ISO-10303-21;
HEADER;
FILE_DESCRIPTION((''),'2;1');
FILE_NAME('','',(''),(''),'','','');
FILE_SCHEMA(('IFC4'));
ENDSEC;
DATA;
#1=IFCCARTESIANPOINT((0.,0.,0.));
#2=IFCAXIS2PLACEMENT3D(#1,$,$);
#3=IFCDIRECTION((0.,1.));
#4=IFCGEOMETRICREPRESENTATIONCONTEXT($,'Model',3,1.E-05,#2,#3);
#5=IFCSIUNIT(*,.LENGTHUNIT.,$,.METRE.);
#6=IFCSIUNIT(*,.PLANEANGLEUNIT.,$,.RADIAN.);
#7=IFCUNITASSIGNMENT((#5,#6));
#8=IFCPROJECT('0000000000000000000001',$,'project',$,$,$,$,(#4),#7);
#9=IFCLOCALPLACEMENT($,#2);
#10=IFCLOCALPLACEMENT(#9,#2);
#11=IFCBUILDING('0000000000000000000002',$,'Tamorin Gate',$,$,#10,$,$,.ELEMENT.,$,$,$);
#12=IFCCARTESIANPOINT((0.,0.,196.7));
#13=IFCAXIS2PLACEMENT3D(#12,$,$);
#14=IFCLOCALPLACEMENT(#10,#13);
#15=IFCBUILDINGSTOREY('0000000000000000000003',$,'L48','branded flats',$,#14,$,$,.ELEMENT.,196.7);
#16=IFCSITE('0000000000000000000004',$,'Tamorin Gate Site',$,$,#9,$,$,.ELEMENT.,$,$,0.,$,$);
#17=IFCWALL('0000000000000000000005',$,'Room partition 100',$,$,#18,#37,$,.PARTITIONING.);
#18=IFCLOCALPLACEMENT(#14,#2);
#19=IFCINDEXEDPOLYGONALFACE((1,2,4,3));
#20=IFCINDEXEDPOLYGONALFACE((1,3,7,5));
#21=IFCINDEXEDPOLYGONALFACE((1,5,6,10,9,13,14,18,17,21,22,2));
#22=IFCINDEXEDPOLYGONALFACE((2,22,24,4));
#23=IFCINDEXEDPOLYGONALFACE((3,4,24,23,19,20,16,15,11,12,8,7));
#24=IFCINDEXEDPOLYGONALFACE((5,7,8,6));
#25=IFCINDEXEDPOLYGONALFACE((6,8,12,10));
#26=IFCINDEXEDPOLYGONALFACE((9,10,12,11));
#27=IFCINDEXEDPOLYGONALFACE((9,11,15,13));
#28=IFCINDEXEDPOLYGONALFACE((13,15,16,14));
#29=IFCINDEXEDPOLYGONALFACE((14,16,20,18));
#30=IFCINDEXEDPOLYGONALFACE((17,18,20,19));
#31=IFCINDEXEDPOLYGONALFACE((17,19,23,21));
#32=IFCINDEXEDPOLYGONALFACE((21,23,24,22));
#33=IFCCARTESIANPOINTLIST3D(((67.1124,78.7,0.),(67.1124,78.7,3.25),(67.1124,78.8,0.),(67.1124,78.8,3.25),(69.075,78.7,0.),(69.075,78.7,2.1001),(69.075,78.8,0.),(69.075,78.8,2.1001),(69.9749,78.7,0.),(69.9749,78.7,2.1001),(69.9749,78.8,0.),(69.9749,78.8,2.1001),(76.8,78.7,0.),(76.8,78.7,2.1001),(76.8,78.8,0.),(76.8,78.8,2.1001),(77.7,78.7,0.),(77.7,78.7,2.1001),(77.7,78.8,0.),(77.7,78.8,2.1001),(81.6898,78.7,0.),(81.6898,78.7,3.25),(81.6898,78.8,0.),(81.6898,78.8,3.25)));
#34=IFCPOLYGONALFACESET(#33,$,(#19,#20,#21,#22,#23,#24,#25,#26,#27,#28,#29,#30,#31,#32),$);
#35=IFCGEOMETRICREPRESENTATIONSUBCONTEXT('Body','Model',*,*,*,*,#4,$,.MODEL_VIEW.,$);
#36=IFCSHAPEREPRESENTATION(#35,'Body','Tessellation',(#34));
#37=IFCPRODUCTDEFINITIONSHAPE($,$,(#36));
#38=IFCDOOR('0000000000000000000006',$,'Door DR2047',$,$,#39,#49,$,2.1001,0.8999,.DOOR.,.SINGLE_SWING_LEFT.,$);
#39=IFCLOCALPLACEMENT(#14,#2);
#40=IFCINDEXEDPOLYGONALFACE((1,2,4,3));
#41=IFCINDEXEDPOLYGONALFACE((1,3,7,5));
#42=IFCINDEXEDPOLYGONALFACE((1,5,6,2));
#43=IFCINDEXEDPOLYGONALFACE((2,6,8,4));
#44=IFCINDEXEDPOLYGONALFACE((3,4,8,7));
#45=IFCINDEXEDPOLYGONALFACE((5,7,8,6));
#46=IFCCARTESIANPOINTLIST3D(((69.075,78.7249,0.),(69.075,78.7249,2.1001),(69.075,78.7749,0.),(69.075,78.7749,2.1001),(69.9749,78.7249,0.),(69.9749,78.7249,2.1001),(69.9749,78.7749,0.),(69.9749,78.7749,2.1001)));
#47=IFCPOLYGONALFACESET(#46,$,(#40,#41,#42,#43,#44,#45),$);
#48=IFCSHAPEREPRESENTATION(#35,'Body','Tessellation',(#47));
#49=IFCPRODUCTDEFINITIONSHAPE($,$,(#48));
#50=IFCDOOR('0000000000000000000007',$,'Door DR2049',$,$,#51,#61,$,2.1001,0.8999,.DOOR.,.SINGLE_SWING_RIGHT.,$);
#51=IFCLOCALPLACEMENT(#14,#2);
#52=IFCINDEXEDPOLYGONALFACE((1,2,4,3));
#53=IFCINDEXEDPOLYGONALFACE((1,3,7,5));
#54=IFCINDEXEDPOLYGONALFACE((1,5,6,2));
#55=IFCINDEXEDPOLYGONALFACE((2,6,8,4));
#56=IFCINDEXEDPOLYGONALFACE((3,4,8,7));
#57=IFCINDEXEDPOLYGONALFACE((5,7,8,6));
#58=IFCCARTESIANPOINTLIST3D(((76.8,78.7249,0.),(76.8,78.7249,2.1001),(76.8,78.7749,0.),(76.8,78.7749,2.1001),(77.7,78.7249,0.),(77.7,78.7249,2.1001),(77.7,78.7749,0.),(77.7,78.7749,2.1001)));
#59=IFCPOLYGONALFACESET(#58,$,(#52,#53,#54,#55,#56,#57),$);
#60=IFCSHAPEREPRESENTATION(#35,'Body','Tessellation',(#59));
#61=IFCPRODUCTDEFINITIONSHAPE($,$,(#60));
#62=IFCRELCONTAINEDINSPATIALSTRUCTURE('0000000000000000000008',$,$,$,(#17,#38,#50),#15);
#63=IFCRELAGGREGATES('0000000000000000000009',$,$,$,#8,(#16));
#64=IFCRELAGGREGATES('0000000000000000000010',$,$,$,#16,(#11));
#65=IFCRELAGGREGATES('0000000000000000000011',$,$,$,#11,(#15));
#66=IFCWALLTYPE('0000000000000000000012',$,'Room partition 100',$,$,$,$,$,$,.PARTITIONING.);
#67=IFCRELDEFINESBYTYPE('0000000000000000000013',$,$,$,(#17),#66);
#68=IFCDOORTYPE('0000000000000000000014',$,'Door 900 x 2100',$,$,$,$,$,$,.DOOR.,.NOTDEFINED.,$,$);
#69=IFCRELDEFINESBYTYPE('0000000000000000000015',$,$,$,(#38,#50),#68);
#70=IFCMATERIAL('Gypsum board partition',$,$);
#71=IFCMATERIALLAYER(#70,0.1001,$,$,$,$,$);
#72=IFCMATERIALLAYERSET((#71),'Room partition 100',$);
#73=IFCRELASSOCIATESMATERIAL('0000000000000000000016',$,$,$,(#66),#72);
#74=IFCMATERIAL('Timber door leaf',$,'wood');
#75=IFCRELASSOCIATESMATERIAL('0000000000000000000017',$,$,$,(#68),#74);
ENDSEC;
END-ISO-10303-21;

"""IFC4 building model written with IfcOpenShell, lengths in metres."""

from ifc_helpers import new_model, si_unit, direction, frame, frame_2d, origin, place, context, subcontext, project, spatial, rectangle, extrude, material, layer, layer_set, type_object, element, fill, save


model = new_model("IFC4")

# Units and contexts
model_context = context("Model", 3, precision=1e-05, world=origin(), true_north=direction((0.0, 1.0)))
body_context = subcontext(model_context, "Body", "Model", "MODEL_VIEW")
ifc_project = project(units=[si_unit("LENGTHUNIT", "METRE"), si_unit("PLANEANGLEUNIT", "RADIAN")], contexts=[model_context])

# Site, building, storey
site_placement = place(None, origin())
site = spatial("IfcSite", under=ifc_project, at=site_placement, Name="Tamorin Gate Site", CompositionType="ELEMENT", RefElevation=0.0)
building_placement = place(site_placement, origin())
building = spatial("IfcBuilding", under=site, at=building_placement, Name="Tamorin Gate", CompositionType="ELEMENT")
storey_placement = place(building_placement, frame((0.0, 0.0, 196.7)))
storey = spatial("IfcBuildingStorey", under=building, at=storey_placement, Name="L48", Description="branded flats", CompositionType="ELEMENT", Elevation=196.7)

# Shared definitions
ifc_material_1 = material(Name="Gypsum board partition")
ifc_layer_1 = layer(ifc_material_1, 0.1001)
ifc_layer_set_1 = layer_set([ifc_layer_1], Name="Room partition 100")
wall_type_1 = type_object("IfcWallType", Name="Room partition 100", PredefinedType="PARTITIONING", material=ifc_layer_set_1)
ifc_material_2 = material(Name="Timber door leaf", Category="wood")
door_type = type_object("IfcDoorType", Name="Door 900 x 2100", OperationType="NOTDEFINED", PredefinedType="DOOR", material=ifc_material_2)

# Wall, openings, doors
wall_1_placement = place(storey_placement, frame((67.1125, 78.75, 0.0), z_axis=(0.0, 0.0, 1.0), x_axis=(1.0, 0.0, 0.0)))
wall_1 = element("IfcWall", 1, at=wall_1_placement, inside=storey, type_object=wall_type_1, Name="Room partition 100", PredefinedType="PARTITIONING", context=body_context, shape_type="SweptSolid", body=[
    extrude(rectangle(XDim=14.5774, YDim=0.1001, at=frame_2d((7.2886, 0.0))), origin(), (0.0, 0.0, 1.0), 3.25),
])
opening_1_placement = place(wall_1_placement, frame((1.9624, 0.0, 0.0)))
opening_1 = element("IfcOpeningElement", 2, at=opening_1_placement, cuts=wall_1, PredefinedType="OPENING", context=body_context, shape_type="SweptSolid", body=[
    extrude(rectangle(XDim=0.8999, YDim=2.1001, at=frame_2d((0.45, 1.05))), frame((0.0, 0.0601, 0.0), z_axis=(0.0, -1.0, 0.0), x_axis=(1.0, 0.0, 0.0)), (0.0, 0.0, 1.0), 0.1201),
])
opening_2_placement = place(wall_1_placement, frame((9.6875, 0.0, 0.0)))
opening_2 = element("IfcOpeningElement", 3, at=opening_2_placement, cuts=wall_1, PredefinedType="OPENING", context=body_context, shape_type="SweptSolid", body=[
    extrude(rectangle(XDim=0.8999, YDim=2.1001, at=frame_2d((0.45, 1.05))), frame((0.0, 0.0601, 0.0), z_axis=(0.0, -1.0, 0.0), x_axis=(1.0, 0.0, 0.0)), (0.0, 0.0, 1.0), 0.1201),
])
door_1_placement = place(opening_1_placement, origin())
door_1 = element("IfcDoor", 4, at=door_1_placement, inside=storey, type_object=door_type, Name="Door DR2047", OperationType="SINGLE_SWING_LEFT", OverallHeight=2.1001, OverallWidth=0.8999, PredefinedType="DOOR", context=body_context, shape_type="SweptSolid", body=[
    extrude(rectangle(XDim=0.8999, YDim=2.1001, at=frame_2d((0.45, 1.05))), frame((0.0, 0.0249, 0.0), z_axis=(0.0, -1.0, 0.0), x_axis=(1.0, 0.0, 0.0)), (0.0, 0.0, 1.0), 0.05),
])
fill(opening_1, door_1)
door_2_placement = place(opening_2_placement, origin())
door_2 = element("IfcDoor", 5, at=door_2_placement, inside=storey, type_object=door_type, Name="Door DR2049", OperationType="SINGLE_SWING_RIGHT", OverallHeight=2.1001, OverallWidth=0.8999, PredefinedType="DOOR", context=body_context, shape_type="SweptSolid", body=[
    extrude(rectangle(XDim=0.8999, YDim=2.1001, at=frame_2d((0.45, 1.05))), frame((0.0, 0.0249, 0.0), z_axis=(0.0, -1.0, 0.0), x_axis=(1.0, 0.0, 0.0)), (0.0, 0.0, 1.0), 0.05),
])
fill(opening_2, door_2)

save(model, "model.ifc")
